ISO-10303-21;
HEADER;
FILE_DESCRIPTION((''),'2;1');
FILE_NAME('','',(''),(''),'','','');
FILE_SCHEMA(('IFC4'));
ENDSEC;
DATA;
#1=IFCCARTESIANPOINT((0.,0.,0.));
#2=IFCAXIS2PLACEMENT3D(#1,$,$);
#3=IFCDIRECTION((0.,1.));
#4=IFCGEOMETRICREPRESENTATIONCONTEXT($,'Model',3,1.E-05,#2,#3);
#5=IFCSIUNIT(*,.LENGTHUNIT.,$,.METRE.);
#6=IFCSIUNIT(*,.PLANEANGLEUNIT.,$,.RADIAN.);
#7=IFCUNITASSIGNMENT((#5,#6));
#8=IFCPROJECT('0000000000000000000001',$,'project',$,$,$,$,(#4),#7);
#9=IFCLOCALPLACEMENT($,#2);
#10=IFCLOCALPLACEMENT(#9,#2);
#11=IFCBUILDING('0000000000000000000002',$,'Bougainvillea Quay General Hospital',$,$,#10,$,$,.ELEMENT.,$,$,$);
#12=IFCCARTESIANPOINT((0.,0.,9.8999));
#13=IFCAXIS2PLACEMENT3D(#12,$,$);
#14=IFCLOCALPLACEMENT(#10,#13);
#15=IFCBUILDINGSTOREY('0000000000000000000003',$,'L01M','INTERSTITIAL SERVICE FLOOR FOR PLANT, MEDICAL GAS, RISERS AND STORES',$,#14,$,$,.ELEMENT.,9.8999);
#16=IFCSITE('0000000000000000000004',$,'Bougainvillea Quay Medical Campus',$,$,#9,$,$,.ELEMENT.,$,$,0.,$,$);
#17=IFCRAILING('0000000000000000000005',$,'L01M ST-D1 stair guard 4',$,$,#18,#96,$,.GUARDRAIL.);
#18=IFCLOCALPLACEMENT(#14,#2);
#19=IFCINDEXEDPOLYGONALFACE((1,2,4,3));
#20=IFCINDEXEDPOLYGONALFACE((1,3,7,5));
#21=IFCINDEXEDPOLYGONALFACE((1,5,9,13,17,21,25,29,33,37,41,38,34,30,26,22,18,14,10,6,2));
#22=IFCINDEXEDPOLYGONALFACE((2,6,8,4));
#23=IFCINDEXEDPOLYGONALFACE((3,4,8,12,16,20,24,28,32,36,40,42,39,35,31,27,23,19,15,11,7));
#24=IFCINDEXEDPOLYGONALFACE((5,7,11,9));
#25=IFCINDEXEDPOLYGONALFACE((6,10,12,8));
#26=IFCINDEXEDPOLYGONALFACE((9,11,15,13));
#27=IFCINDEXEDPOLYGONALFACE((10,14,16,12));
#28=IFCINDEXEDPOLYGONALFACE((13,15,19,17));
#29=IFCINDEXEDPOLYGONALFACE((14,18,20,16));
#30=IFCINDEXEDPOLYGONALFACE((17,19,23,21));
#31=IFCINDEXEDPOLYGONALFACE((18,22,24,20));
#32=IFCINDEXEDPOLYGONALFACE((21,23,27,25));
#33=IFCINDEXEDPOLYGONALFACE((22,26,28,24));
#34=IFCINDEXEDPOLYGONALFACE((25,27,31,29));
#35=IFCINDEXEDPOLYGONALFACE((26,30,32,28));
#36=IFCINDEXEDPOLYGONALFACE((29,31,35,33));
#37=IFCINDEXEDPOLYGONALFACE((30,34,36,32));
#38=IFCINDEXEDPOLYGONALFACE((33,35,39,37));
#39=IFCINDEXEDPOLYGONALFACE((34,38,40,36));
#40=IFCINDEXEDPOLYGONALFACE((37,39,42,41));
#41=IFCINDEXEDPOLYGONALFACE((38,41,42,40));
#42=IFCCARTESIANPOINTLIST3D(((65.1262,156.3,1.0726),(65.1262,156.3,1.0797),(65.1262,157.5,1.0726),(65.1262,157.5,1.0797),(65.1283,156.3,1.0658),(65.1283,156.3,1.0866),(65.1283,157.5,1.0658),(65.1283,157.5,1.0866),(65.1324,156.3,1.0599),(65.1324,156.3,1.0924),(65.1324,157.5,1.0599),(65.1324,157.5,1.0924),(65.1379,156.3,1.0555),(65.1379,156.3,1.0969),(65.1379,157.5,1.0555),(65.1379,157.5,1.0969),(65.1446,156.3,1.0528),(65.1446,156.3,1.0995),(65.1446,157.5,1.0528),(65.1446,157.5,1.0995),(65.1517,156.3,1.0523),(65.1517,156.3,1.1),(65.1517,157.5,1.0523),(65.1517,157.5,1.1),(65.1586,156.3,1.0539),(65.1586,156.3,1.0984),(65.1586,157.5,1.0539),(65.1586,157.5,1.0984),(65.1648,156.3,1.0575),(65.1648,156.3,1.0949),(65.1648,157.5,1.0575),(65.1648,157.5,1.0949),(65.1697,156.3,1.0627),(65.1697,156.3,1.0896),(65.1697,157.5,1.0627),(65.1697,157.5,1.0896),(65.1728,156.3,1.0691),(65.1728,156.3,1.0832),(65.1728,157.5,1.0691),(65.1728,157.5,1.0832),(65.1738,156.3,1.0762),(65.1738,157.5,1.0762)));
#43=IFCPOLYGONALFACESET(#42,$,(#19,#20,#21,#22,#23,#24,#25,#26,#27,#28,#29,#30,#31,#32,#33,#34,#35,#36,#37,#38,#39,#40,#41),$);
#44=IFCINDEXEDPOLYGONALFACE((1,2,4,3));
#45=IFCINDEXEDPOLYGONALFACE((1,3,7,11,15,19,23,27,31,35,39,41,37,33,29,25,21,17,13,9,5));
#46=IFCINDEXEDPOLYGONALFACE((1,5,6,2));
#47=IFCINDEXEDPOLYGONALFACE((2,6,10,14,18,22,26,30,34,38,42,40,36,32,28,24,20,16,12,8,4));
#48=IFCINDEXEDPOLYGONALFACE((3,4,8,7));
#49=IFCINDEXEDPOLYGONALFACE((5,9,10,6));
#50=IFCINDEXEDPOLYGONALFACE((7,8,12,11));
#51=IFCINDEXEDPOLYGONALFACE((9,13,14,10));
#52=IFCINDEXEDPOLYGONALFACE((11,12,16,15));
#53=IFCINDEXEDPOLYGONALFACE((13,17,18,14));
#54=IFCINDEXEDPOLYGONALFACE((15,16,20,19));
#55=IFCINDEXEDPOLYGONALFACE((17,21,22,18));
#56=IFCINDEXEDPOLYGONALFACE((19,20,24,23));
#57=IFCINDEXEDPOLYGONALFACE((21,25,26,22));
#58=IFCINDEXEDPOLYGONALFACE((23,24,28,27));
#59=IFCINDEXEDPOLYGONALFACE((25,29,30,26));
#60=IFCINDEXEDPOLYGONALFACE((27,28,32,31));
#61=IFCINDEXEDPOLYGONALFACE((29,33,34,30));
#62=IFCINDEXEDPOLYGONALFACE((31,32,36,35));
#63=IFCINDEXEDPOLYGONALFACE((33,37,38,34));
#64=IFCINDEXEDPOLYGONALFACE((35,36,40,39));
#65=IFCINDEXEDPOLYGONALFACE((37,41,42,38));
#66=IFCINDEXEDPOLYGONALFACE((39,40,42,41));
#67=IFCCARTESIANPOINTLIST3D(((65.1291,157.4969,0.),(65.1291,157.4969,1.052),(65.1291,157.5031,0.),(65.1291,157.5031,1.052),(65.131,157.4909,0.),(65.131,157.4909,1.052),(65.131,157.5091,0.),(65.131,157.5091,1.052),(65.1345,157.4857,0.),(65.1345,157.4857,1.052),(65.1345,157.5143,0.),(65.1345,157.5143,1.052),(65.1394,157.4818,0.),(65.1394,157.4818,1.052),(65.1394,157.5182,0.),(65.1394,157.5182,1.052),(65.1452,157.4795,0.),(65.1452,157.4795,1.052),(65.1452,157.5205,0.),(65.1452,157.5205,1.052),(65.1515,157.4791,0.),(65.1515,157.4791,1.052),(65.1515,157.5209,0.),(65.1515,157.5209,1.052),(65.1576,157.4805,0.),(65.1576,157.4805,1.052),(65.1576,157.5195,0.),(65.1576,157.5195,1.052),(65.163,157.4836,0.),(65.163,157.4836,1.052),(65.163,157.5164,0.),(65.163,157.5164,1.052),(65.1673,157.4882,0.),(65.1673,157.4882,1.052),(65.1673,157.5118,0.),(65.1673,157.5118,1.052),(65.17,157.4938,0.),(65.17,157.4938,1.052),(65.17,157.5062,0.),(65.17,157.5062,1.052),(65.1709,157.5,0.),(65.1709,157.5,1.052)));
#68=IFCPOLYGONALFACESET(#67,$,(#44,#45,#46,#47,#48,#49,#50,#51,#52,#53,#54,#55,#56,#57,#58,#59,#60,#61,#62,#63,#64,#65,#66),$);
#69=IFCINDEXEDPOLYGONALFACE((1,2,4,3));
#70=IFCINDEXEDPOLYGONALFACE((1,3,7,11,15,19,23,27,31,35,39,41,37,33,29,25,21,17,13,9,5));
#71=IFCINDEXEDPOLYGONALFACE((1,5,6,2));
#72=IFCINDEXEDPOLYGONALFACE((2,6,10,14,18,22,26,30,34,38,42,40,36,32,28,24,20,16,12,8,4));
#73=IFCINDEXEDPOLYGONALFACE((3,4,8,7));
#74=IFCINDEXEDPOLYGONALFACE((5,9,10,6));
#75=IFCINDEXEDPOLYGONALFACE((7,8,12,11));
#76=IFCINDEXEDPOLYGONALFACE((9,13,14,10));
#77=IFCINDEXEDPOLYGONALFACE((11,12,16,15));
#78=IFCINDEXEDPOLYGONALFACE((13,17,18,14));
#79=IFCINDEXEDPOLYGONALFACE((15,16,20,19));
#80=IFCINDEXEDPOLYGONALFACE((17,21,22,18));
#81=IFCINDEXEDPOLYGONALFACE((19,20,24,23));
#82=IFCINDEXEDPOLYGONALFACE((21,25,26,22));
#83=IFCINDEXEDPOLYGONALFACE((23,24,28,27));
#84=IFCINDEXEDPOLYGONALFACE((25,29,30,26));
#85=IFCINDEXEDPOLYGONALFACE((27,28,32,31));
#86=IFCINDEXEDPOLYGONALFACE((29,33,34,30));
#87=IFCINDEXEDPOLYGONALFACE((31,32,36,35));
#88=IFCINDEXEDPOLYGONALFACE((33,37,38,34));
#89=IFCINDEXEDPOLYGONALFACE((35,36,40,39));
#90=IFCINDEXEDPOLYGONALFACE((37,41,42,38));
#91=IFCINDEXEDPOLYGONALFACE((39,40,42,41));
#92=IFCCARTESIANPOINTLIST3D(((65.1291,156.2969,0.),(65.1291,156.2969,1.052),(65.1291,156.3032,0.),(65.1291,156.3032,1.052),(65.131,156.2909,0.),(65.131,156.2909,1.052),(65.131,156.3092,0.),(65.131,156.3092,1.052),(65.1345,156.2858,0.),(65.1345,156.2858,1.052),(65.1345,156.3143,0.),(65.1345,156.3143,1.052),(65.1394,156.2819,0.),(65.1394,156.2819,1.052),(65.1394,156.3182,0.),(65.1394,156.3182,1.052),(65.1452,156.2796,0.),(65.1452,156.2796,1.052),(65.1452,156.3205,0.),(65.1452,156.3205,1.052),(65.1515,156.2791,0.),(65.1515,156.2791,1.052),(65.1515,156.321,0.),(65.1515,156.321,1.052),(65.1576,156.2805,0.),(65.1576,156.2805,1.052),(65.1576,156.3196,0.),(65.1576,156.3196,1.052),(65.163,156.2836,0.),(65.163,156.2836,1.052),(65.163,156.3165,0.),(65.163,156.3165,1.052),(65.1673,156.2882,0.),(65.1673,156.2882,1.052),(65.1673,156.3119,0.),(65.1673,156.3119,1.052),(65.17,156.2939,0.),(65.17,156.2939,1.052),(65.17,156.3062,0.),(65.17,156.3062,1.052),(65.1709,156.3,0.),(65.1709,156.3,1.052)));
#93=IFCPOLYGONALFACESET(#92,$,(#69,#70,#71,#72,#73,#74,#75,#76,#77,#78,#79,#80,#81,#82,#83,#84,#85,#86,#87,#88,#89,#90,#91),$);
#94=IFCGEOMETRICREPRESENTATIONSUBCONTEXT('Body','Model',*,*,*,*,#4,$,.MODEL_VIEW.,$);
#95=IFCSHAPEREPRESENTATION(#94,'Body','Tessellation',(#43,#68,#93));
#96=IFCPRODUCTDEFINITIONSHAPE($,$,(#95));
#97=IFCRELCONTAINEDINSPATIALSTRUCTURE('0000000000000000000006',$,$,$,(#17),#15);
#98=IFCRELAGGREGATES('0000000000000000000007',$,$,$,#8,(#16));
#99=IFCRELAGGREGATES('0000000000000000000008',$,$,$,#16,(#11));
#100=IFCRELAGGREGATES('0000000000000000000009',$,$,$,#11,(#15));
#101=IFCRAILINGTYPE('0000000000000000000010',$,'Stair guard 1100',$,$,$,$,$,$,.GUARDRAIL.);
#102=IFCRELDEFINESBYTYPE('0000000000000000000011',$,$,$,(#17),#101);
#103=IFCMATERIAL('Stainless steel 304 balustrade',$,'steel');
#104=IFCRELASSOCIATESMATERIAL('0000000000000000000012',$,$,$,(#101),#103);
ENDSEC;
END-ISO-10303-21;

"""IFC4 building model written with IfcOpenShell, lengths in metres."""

from ifc_helpers import new_model, si_unit, direction, frame, origin, origin_2d, place, context, subcontext, project, spatial, circle, extrude, material, type_object, element, save


model = new_model("IFC4")

# Units and contexts
model_context = context("Model", 3, precision=1e-05, world=origin(), true_north=direction((0.0, 1.0)))
body_context = subcontext(model_context, "Body", "Model", "MODEL_VIEW")
ifc_project = project(units=[si_unit("LENGTHUNIT", "METRE"), si_unit("PLANEANGLEUNIT", "RADIAN")], contexts=[model_context])

# Site, building, storey
site_placement = place(None, origin())
site = spatial("IfcSite", under=ifc_project, at=site_placement, Name="Bougainvillea Quay Medical Campus", CompositionType="ELEMENT", RefElevation=0.0)
building_placement = place(site_placement, origin())
building = spatial("IfcBuilding", under=site, at=building_placement, Name="Bougainvillea Quay General Hospital", CompositionType="ELEMENT")
storey_placement = place(building_placement, frame((0.0, 0.0, 9.8999)))
storey = spatial("IfcBuildingStorey", under=building, at=storey_placement, Name="L01M", Description="INTERSTITIAL SERVICE FLOOR FOR PLANT, MEDICAL GAS, RISERS AND STORES", CompositionType="ELEMENT", Elevation=9.8999)

# Railing
ifc_material_1 = material(Name="Stainless steel 304 balustrade", Category="steel")
railing_type_1 = type_object("IfcRailingType", Name="Stair guard 1100", PredefinedType="GUARDRAIL", material=ifc_material_1)
railing_1_placement = place(storey_placement, frame((65.1499, 157.5, 0.0)))
element("IfcRailing", 1, at=railing_1_placement, inside=storey, type_object=railing_type_1, Name="L01M ST-D1 stair guard 4", PredefinedType="GUARDRAIL", context=body_context, shape_type="SweptSolid", body=[
    extrude(circle(Radius=0.0239, at=origin_2d()), frame((0.0, 0.0, 1.0762), z_axis=(0.0, -1.0, 0.0), x_axis=(1.0, 0.0, 0.0)), (0.0, 0.0, 1.0), 1.2),
    extrude(circle(Radius=0.021, at=origin_2d()), origin(), (0.0, 0.0, 1.0), 1.052),
    extrude(circle(Radius=0.021, at=origin_2d()), frame((0.0, -1.2, 0.0)), (0.0, 0.0, 1.0), 1.052),
])

save(model, "model.ifc")
